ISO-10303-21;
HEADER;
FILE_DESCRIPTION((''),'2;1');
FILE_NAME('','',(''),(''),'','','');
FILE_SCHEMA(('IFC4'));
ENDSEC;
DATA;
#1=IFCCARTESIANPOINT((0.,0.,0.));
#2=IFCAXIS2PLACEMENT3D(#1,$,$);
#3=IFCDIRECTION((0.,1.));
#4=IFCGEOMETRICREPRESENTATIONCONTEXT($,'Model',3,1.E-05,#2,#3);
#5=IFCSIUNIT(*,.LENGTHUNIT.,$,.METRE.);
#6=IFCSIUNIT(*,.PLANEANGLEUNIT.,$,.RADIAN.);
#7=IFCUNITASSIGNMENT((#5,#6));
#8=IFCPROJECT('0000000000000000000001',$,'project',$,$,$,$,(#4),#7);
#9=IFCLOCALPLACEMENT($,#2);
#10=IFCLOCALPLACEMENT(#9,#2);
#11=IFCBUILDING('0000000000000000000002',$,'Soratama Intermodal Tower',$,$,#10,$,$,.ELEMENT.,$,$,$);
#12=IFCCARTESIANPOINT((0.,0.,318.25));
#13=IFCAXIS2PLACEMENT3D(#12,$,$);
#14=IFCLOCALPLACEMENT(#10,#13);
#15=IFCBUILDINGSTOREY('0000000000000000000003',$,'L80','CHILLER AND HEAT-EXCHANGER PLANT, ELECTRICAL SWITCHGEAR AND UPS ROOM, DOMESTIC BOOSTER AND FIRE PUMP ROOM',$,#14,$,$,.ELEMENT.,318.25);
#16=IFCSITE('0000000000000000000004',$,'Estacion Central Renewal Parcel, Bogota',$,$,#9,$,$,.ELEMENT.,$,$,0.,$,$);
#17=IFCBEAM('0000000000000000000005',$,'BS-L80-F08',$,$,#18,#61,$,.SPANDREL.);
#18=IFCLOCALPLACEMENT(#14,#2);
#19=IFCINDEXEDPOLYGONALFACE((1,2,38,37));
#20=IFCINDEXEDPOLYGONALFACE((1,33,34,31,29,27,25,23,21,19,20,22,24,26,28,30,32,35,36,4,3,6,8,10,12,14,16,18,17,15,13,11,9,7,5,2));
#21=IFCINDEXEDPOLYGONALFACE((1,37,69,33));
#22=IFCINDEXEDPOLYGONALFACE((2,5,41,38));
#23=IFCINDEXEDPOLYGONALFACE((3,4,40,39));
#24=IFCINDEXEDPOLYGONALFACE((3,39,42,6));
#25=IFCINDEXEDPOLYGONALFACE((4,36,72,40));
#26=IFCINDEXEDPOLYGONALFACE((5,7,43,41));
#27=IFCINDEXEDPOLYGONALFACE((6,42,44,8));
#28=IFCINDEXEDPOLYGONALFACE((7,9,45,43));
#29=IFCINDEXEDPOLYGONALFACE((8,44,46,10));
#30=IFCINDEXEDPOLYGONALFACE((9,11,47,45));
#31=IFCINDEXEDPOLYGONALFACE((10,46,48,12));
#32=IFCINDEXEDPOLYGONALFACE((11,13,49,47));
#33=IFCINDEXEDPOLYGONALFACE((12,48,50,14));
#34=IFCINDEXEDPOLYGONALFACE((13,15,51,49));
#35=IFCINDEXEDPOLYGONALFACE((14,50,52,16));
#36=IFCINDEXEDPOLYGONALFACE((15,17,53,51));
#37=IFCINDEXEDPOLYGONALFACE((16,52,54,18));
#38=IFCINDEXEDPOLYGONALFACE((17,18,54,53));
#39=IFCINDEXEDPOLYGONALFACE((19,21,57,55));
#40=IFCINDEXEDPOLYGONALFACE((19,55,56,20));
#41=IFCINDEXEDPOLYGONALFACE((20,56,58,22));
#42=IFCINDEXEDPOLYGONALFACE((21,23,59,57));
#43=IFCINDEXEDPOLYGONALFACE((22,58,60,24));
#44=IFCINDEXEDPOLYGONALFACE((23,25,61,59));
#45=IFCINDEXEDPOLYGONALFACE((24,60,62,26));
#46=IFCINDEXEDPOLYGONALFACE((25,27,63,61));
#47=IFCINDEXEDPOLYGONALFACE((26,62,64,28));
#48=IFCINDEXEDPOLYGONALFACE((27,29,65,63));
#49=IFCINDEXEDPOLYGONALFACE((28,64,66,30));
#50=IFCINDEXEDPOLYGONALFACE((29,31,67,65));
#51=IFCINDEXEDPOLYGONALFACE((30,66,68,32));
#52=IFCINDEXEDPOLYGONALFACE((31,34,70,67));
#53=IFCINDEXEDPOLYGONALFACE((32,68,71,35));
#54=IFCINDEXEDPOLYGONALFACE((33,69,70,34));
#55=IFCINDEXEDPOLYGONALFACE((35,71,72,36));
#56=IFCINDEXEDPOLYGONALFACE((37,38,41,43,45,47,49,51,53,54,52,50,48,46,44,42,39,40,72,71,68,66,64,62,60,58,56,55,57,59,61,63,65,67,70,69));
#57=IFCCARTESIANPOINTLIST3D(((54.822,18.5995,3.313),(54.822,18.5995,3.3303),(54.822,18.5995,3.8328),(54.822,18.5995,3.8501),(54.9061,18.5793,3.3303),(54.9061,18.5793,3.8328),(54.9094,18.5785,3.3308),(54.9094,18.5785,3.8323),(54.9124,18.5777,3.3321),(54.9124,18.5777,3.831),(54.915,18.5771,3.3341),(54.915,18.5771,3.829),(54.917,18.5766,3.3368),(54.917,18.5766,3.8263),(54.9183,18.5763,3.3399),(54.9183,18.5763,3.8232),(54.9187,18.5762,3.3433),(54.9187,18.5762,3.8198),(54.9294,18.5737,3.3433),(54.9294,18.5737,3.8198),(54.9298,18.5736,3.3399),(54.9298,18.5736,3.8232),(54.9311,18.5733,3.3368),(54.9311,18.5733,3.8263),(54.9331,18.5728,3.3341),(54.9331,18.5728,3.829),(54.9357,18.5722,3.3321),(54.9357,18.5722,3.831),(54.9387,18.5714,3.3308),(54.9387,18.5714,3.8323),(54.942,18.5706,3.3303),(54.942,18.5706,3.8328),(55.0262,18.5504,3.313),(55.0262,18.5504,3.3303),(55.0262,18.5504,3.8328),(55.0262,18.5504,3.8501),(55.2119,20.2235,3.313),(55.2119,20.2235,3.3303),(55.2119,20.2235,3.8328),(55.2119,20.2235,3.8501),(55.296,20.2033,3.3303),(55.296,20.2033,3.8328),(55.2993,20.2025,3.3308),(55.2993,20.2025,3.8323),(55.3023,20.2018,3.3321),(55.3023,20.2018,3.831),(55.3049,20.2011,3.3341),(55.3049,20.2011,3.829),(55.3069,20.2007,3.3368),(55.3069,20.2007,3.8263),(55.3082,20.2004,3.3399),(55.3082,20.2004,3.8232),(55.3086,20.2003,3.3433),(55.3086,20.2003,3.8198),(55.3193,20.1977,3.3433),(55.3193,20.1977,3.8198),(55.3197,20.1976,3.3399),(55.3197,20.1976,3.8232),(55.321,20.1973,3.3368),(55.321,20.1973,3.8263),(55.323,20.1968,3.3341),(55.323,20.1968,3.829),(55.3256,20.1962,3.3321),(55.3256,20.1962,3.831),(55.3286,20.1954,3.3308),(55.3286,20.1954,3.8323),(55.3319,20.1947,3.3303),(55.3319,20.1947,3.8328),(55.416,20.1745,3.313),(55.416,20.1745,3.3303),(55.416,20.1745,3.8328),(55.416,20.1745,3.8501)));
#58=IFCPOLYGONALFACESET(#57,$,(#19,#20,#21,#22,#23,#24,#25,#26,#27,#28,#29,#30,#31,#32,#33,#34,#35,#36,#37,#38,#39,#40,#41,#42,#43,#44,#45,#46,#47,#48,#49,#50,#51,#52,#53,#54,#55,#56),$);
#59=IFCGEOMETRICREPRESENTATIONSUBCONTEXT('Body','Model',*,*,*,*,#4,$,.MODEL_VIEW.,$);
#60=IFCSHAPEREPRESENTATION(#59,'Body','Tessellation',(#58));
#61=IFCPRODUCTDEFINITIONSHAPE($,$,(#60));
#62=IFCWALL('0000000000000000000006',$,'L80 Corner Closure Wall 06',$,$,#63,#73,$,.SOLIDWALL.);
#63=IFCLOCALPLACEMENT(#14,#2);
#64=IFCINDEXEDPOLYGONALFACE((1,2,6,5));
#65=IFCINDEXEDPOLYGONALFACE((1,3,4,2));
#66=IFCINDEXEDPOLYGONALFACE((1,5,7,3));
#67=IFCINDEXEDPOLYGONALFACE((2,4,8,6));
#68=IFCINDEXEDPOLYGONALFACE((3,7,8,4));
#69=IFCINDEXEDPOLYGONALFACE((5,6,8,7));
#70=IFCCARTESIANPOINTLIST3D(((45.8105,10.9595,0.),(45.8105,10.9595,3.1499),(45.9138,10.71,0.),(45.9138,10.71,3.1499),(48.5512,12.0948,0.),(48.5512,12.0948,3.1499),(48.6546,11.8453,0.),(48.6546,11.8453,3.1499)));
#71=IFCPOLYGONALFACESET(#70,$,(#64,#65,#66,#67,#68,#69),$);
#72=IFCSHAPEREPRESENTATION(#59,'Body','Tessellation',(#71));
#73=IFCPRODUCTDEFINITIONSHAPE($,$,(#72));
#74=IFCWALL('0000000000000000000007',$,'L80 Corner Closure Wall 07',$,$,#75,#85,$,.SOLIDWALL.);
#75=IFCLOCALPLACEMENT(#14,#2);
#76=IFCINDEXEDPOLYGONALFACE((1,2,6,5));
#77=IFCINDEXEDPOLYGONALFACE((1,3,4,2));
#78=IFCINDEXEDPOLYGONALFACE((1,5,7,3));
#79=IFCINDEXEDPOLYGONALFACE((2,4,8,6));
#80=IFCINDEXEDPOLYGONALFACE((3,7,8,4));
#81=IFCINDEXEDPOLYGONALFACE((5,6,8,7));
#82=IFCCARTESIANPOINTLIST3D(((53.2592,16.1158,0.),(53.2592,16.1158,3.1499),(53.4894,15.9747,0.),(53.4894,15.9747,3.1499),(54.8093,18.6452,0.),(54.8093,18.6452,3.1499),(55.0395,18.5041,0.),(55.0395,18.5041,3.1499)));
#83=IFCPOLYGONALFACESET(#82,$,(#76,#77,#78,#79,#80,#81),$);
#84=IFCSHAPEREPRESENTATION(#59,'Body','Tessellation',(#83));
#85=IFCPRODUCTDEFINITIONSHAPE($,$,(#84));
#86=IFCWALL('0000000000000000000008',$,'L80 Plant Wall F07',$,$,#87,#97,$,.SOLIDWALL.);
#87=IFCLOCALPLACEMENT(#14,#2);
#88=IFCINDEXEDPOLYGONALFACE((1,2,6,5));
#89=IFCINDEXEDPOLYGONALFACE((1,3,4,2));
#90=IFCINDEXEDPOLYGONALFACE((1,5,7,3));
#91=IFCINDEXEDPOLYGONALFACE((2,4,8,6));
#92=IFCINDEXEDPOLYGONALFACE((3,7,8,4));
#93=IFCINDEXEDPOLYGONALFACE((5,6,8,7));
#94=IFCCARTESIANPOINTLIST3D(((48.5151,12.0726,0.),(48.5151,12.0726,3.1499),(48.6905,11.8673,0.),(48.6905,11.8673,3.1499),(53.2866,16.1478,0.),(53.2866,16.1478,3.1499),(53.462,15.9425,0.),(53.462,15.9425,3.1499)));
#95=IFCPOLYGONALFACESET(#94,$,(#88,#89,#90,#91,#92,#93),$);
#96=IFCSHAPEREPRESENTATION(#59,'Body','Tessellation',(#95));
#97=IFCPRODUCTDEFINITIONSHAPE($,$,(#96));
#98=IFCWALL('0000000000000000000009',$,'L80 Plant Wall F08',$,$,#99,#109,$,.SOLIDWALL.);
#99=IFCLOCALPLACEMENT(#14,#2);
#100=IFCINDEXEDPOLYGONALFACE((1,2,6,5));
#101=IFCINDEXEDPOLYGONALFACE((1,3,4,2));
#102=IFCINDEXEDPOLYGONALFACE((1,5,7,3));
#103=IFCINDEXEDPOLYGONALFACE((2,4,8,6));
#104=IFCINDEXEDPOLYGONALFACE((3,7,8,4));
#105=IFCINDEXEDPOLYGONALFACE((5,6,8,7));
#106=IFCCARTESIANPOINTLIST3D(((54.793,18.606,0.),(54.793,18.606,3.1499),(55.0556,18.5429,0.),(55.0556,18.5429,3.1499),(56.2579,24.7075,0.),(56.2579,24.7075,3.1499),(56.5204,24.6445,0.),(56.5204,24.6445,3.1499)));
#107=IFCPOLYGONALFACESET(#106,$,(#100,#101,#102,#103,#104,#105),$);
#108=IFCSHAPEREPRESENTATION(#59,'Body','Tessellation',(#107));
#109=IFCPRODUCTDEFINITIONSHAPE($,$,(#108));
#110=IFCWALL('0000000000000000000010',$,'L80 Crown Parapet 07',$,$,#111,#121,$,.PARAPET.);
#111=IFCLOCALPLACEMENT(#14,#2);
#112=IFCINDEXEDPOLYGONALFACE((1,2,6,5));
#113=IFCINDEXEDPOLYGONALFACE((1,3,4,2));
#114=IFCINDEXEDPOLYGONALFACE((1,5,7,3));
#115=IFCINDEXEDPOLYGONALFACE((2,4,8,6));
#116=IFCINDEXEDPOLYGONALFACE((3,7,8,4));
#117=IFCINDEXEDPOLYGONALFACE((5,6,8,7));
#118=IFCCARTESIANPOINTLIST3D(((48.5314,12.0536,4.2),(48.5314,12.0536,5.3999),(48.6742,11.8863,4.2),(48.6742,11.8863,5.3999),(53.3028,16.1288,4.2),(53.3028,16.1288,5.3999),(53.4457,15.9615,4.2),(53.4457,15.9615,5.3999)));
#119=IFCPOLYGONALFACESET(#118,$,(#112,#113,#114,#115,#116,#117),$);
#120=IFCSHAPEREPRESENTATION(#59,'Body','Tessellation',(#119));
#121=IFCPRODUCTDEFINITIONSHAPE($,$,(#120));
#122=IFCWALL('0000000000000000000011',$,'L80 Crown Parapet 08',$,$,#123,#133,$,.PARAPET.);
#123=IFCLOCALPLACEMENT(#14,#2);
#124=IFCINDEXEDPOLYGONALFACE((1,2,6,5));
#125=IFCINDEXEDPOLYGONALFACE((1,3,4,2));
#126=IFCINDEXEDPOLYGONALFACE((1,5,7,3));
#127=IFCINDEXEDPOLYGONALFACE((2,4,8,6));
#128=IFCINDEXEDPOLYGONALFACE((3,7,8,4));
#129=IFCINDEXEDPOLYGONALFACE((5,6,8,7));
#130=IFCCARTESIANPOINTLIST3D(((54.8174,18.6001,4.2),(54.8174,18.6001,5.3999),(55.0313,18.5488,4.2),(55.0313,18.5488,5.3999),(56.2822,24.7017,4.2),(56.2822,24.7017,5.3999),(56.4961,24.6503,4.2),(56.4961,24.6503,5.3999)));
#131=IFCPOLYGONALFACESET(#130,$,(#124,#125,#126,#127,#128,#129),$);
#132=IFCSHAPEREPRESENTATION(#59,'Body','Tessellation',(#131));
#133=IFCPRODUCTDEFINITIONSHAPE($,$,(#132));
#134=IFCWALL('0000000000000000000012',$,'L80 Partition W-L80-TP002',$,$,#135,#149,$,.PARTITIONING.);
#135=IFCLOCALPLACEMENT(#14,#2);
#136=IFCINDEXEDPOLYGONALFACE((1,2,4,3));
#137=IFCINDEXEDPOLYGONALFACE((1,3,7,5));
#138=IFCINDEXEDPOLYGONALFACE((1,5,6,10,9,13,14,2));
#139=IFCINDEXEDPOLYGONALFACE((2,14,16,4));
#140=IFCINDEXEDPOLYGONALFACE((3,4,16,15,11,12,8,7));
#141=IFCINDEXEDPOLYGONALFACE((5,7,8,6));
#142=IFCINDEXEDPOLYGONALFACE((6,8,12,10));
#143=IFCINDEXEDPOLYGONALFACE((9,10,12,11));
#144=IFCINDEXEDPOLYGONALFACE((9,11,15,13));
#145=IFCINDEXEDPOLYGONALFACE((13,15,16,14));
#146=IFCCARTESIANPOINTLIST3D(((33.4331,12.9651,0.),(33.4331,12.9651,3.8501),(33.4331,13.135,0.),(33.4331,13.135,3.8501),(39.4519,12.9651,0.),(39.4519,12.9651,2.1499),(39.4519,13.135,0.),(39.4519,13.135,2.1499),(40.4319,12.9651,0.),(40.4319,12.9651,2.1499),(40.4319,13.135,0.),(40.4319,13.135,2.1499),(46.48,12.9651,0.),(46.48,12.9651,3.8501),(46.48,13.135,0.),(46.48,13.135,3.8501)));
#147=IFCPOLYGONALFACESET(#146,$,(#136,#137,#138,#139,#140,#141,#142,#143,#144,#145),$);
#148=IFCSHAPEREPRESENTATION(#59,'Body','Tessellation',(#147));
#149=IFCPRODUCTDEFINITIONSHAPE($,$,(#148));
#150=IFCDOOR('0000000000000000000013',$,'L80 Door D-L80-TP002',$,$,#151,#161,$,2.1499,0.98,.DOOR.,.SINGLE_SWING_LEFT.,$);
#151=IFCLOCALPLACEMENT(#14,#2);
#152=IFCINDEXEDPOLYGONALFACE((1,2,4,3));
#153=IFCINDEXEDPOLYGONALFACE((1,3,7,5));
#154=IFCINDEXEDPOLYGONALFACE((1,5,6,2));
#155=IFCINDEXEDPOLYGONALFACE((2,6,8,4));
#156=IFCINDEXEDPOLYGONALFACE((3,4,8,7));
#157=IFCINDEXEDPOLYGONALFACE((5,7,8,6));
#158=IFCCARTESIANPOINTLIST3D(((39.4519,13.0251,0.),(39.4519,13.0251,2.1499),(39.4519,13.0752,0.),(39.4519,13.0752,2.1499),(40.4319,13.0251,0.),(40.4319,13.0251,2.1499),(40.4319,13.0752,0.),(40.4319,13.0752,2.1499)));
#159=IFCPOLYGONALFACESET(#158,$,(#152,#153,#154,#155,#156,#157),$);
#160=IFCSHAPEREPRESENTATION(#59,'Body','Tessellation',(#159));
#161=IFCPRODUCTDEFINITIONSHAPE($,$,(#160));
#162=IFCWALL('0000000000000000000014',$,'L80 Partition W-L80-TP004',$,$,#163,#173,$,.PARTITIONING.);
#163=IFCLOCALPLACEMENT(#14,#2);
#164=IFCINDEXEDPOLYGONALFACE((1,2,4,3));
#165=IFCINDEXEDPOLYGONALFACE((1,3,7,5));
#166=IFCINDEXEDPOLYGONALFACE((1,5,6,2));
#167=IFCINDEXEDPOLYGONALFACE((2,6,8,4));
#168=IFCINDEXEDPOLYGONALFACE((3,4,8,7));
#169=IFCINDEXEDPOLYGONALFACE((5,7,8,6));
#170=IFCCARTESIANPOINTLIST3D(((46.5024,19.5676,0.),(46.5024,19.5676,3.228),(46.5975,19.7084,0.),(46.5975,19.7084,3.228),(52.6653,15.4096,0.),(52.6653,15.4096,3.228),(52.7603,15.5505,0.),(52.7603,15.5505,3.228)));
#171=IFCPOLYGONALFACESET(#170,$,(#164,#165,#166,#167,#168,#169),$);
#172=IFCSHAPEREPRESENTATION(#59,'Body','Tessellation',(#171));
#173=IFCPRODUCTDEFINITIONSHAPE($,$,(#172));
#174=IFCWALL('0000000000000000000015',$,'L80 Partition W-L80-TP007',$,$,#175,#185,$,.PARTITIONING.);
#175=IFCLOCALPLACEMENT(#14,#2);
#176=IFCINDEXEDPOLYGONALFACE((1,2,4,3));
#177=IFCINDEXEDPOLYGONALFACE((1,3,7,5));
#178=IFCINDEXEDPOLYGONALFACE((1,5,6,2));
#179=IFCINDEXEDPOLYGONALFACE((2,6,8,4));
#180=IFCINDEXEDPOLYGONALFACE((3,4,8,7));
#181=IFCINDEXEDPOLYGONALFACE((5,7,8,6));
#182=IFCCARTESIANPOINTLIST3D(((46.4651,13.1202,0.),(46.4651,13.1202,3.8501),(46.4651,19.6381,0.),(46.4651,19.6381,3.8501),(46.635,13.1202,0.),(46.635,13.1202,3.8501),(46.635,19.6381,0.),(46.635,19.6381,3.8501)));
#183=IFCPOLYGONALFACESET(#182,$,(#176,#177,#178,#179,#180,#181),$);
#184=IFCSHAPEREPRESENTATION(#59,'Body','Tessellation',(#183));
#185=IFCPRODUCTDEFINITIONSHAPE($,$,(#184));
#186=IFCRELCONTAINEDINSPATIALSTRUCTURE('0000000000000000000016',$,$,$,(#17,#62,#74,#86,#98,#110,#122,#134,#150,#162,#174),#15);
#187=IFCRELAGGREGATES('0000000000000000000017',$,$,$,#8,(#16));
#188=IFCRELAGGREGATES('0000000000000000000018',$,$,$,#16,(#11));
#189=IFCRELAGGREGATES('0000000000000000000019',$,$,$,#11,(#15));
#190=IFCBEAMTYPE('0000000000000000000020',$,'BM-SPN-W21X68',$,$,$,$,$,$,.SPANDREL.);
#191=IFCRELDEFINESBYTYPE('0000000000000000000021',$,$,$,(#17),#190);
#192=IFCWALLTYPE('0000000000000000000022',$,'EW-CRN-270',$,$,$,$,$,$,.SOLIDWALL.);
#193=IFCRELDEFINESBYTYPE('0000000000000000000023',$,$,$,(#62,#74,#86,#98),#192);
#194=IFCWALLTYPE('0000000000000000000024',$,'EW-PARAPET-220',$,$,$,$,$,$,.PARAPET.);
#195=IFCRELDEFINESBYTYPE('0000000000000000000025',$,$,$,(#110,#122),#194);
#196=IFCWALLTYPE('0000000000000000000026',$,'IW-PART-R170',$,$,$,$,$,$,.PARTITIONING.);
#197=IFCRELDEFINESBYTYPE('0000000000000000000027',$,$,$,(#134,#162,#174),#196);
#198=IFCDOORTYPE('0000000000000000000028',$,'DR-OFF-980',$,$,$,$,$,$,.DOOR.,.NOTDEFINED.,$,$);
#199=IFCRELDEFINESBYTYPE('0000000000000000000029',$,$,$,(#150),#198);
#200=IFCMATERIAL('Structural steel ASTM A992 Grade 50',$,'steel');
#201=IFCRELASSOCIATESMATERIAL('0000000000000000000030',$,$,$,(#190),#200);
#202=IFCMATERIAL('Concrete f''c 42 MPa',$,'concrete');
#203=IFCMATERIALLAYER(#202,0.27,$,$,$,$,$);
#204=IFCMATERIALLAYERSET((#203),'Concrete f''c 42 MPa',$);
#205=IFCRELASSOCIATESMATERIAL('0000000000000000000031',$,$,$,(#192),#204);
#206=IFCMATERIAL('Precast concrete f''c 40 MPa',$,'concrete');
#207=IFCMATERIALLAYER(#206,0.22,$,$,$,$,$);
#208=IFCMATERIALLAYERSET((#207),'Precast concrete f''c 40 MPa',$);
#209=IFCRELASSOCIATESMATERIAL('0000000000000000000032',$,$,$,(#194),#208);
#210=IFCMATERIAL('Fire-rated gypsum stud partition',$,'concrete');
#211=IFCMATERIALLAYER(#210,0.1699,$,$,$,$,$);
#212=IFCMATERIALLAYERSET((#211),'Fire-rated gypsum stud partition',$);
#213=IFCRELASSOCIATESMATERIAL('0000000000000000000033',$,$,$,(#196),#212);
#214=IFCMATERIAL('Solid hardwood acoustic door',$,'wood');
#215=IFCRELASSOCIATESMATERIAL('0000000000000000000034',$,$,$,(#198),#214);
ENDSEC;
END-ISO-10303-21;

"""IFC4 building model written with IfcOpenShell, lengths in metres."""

from ifc_helpers import new_model, si_unit, direction, frame, frame_2d, origin, origin_2d, place, context, subcontext, project, spatial, rectangle, i_section, extrude, material, layer, layer_set, material_profile, profile_set, type_object, element, fill, save


model = new_model("IFC4")

# Units and contexts
model_context = context("Model", 3, precision=1e-05, world=origin(), true_north=direction((0.0, 1.0)))
body_context = subcontext(model_context, "Body", "Model", "MODEL_VIEW")
ifc_project = project(units=[si_unit("LENGTHUNIT", "METRE"), si_unit("PLANEANGLEUNIT", "RADIAN")], contexts=[model_context])

# Site, building, storey
site_placement = place(None, origin())
site = spatial("IfcSite", under=ifc_project, at=site_placement, Name="Estacion Central Renewal Parcel, Bogota", CompositionType="ELEMENT", RefElevation=0.0)
building_placement = place(site_placement, origin())
building = spatial("IfcBuilding", under=site, at=building_placement, Name="Soratama Intermodal Tower", CompositionType="ELEMENT")
storey_placement = place(building_placement, frame((0.0, 0.0, 318.25)))
storey = spatial("IfcBuildingStorey", under=building, at=storey_placement, Name="L80", Description="CHILLER AND HEAT-EXCHANGER PLANT, ELECTRICAL SWITCHGEAR AND UPS ROOM, DOMESTIC BOOSTER AND FIRE PUMP ROOM", CompositionType="ELEMENT", Elevation=318.25)

# Beam
ifc_material_1 = material(Name="Structural steel ASTM A992 Grade 50", Category="steel")
ifc_material_profile_1 = material_profile(ifc_material_1, i_section(OverallWidth=0.21, OverallDepth=0.5371, WebThickness=0.011, FlangeThickness=0.0173, FilletRadius=0.0129, at=origin_2d()), Name="W21X68")
ifc_profile_set_1 = profile_set([ifc_material_profile_1], Name="Structural steel ASTM A992 Grade 50")
beam_type_1 = type_object("IfcBeamType", Name="BM-SPN-W21X68", PredefinedType="SPANDREL", material=ifc_profile_set_1)
beam_1_placement = place(storey_placement, frame((54.9241, 18.575, 3.5815), z_axis=(0.233445, 0.97237, 0.0), x_axis=(-0.97237, 0.233445, 0.0)))
element("IfcBeam", 1, at=beam_1_placement, inside=storey, type_object=beam_type_1, Name="BS-L80-F08", PredefinedType="SPANDREL", context=body_context, shape_type="SweptSolid", body=[
    extrude(i_section(OverallWidth=0.21, OverallDepth=0.5371, WebThickness=0.011, FlangeThickness=0.0173, FilletRadius=0.0129, at=origin_2d()), origin(), (0.0, 0.0, 1.0), 1.6702),
])

# Walls
ifc_material_2 = material(Name="Concrete f'c 42 MPa", Category="concrete")
ifc_layer_1 = layer(ifc_material_2, 0.27)
ifc_layer_set_1 = layer_set([ifc_layer_1], Name="Concrete f'c 42 MPa")
wall_type_1 = type_object("IfcWallType", Name="EW-CRN-270", PredefinedType="SOLIDWALL", material=ifc_layer_set_1)
for number, where, z_axis, x_axis, name in (
    (2, (45.8621, 10.8347, 0.0), (0.0, 0.0, 1.0), (0.923878, 0.382686, 0.0), "L80 Corner Closure Wall 06"),
    (3, (53.3743, 16.0452, 0.0), (0.0, 0.0, 1.0), (0.522522, 0.852626, 0.0), "L80 Corner Closure Wall 07"),
):
    element("IfcWall", number, at=place(storey_placement, frame(where, z_axis=z_axis, x_axis=x_axis)), inside=storey, type_object=wall_type_1, Name=name, PredefinedType="SOLIDWALL", context=body_context, shape_type="SweptSolid", body=[
        extrude(rectangle(XDim=2.9666, YDim=0.27, at=frame_2d((1.4834, 0.0))), origin(), (0.0, 0.0, 1.0), 3.1499),
    ])
for number, where, z_axis, x_axis, name in (
    (4, (48.6028, 11.97, 0.0), (0.0, 0.0, 1.0), (0.760409, 0.649445, 0.0), "L80 Plant Wall F07"),
    (5, (54.9243, 18.5745, 0.0), (0.0, 0.0, 1.0), (0.233444, 0.97237, 0.0), "L80 Plant Wall F08"),
):
    element("IfcWall", number, at=place(storey_placement, frame(where, z_axis=z_axis, x_axis=x_axis)), inside=storey, type_object=wall_type_1, Name=name, PredefinedType="SOLIDWALL", context=body_context, shape_type="SweptSolid", body=[
        extrude(rectangle(XDim=6.2749, YDim=0.27, at=frame_2d((3.1375, 0.0))), origin(), (0.0, 0.0, 1.0), 3.1499),
    ])
ifc_material_3 = material(Name="Precast concrete f'c 40 MPa", Category="concrete")
ifc_layer_2 = layer(ifc_material_3, 0.22)
ifc_layer_set_2 = layer_set([ifc_layer_2], Name="Precast concrete f'c 40 MPa")
wall_type_2 = type_object("IfcWallType", Name="EW-PARAPET-220", PredefinedType="PARAPET", material=ifc_layer_set_2)
for number, where, z_axis, x_axis, name in (
    (6, (48.6028, 11.97, 4.2), (0.0, 0.0, 1.0), (0.760409, 0.649445, 0.0), "L80 Crown Parapet 07"),
    (7, (54.9243, 18.5745, 4.2), (0.0, 0.0, 1.0), (0.233444, 0.97237, 0.0), "L80 Crown Parapet 08"),
):
    element("IfcWall", number, at=place(storey_placement, frame(where, z_axis=z_axis, x_axis=x_axis)), inside=storey, type_object=wall_type_2, Name=name, PredefinedType="PARAPET", context=body_context, shape_type="SweptSolid", body=[
        extrude(rectangle(XDim=6.2749, YDim=0.22, at=frame_2d((3.1375, 0.0))), origin(), (0.0, 0.0, 1.0), 1.2),
    ])

# Wall, opening, door
ifc_material_4 = material(Name="Fire-rated gypsum stud partition", Category="concrete")
ifc_layer_3 = layer(ifc_material_4, 0.1699)
ifc_layer_set_3 = layer_set([ifc_layer_3], Name="Fire-rated gypsum stud partition")
wall_type_3 = type_object("IfcWallType", Name="IW-PART-R170", PredefinedType="PARTITIONING", material=ifc_layer_set_3)
wall_1_placement = place(storey_placement, frame((46.48, 13.05, 0.0), z_axis=(0.0, 0.0, 1.0), x_axis=(-1.0, 0.0, 0.0)))
wall_1 = element("IfcWall", 8, at=wall_1_placement, inside=storey, type_object=wall_type_3, Name="L80 Partition W-L80-TP002", PredefinedType="PARTITIONING", context=body_context, shape_type="SweptSolid", body=[
    extrude(rectangle(XDim=13.0469, YDim=0.1699, at=frame_2d((6.5234, 0.0))), origin(), (0.0, 0.0, 1.0), 3.8501),
])
opening_placement = place(wall_1_placement, frame((6.0481, 0.0, 0.0)))
opening = element("IfcOpeningElement", 9, at=opening_placement, cuts=wall_1, PredefinedType="OPENING", context=body_context, shape_type="SweptSolid", body=[
    extrude(rectangle(XDim=0.98, YDim=2.1499, at=frame_2d((0.49, 1.075))), frame((0.0, 0.095, 0.0), z_axis=(0.0, -1.0, 0.0), x_axis=(1.0, 0.0, 0.0)), (0.0, 0.0, 1.0), 0.1899),
])
ifc_material_5 = material(Name="Solid hardwood acoustic door", Category="wood")
door_type = type_object("IfcDoorType", Name="DR-OFF-980", OperationType="NOTDEFINED", PredefinedType="DOOR", material=ifc_material_5)
door_placement = place(opening_placement, origin())
door = element("IfcDoor", 10, at=door_placement, inside=storey, type_object=door_type, Name="L80 Door D-L80-TP002", OperationType="SINGLE_SWING_LEFT", OverallHeight=2.1499, OverallWidth=0.98, PredefinedType="DOOR", context=body_context, shape_type="SweptSolid", body=[
    extrude(rectangle(XDim=0.98, YDim=2.1499, at=frame_2d((0.49, 1.075))), frame((0.0, 0.0249, 0.0), z_axis=(0.0, -1.0, 0.0), x_axis=(1.0, 0.0, 0.0)), (0.0, 0.0, 1.0), 0.05),
])
fill(opening, door)

# Walls
wall_2_placement = place(storey_placement, frame((52.7129, 15.48, 0.0), z_axis=(0.0, 0.0, 1.0), x_axis=(-0.828971, 0.559292, 0.0)))
element("IfcWall", 11, at=wall_2_placement, inside=storey, type_object=wall_type_3, Name="L80 Partition W-L80-TP004", PredefinedType="PARTITIONING", context=body_context, shape_type="SweptSolid", body=[
    extrude(rectangle(XDim=7.4343, YDim=0.1699, at=frame_2d((3.7173, 0.0))), origin(), (0.0, 0.0, 1.0), 3.228),
])
wall_3_placement = place(storey_placement, frame((46.55, 19.6379, 0.0), z_axis=(0.0, 0.0, 1.0), x_axis=(0.0, -1.0, 0.0)))
element("IfcWall", 12, at=wall_3_placement, inside=storey, type_object=wall_type_3, Name="L80 Partition W-L80-TP007", PredefinedType="PARTITIONING", context=body_context, shape_type="SweptSolid", body=[
    extrude(rectangle(XDim=6.5178, YDim=0.1699, at=frame_2d((3.2588, 0.0))), origin(), (0.0, 0.0, 1.0), 3.8501),
])

save(model, "model.ifc")
